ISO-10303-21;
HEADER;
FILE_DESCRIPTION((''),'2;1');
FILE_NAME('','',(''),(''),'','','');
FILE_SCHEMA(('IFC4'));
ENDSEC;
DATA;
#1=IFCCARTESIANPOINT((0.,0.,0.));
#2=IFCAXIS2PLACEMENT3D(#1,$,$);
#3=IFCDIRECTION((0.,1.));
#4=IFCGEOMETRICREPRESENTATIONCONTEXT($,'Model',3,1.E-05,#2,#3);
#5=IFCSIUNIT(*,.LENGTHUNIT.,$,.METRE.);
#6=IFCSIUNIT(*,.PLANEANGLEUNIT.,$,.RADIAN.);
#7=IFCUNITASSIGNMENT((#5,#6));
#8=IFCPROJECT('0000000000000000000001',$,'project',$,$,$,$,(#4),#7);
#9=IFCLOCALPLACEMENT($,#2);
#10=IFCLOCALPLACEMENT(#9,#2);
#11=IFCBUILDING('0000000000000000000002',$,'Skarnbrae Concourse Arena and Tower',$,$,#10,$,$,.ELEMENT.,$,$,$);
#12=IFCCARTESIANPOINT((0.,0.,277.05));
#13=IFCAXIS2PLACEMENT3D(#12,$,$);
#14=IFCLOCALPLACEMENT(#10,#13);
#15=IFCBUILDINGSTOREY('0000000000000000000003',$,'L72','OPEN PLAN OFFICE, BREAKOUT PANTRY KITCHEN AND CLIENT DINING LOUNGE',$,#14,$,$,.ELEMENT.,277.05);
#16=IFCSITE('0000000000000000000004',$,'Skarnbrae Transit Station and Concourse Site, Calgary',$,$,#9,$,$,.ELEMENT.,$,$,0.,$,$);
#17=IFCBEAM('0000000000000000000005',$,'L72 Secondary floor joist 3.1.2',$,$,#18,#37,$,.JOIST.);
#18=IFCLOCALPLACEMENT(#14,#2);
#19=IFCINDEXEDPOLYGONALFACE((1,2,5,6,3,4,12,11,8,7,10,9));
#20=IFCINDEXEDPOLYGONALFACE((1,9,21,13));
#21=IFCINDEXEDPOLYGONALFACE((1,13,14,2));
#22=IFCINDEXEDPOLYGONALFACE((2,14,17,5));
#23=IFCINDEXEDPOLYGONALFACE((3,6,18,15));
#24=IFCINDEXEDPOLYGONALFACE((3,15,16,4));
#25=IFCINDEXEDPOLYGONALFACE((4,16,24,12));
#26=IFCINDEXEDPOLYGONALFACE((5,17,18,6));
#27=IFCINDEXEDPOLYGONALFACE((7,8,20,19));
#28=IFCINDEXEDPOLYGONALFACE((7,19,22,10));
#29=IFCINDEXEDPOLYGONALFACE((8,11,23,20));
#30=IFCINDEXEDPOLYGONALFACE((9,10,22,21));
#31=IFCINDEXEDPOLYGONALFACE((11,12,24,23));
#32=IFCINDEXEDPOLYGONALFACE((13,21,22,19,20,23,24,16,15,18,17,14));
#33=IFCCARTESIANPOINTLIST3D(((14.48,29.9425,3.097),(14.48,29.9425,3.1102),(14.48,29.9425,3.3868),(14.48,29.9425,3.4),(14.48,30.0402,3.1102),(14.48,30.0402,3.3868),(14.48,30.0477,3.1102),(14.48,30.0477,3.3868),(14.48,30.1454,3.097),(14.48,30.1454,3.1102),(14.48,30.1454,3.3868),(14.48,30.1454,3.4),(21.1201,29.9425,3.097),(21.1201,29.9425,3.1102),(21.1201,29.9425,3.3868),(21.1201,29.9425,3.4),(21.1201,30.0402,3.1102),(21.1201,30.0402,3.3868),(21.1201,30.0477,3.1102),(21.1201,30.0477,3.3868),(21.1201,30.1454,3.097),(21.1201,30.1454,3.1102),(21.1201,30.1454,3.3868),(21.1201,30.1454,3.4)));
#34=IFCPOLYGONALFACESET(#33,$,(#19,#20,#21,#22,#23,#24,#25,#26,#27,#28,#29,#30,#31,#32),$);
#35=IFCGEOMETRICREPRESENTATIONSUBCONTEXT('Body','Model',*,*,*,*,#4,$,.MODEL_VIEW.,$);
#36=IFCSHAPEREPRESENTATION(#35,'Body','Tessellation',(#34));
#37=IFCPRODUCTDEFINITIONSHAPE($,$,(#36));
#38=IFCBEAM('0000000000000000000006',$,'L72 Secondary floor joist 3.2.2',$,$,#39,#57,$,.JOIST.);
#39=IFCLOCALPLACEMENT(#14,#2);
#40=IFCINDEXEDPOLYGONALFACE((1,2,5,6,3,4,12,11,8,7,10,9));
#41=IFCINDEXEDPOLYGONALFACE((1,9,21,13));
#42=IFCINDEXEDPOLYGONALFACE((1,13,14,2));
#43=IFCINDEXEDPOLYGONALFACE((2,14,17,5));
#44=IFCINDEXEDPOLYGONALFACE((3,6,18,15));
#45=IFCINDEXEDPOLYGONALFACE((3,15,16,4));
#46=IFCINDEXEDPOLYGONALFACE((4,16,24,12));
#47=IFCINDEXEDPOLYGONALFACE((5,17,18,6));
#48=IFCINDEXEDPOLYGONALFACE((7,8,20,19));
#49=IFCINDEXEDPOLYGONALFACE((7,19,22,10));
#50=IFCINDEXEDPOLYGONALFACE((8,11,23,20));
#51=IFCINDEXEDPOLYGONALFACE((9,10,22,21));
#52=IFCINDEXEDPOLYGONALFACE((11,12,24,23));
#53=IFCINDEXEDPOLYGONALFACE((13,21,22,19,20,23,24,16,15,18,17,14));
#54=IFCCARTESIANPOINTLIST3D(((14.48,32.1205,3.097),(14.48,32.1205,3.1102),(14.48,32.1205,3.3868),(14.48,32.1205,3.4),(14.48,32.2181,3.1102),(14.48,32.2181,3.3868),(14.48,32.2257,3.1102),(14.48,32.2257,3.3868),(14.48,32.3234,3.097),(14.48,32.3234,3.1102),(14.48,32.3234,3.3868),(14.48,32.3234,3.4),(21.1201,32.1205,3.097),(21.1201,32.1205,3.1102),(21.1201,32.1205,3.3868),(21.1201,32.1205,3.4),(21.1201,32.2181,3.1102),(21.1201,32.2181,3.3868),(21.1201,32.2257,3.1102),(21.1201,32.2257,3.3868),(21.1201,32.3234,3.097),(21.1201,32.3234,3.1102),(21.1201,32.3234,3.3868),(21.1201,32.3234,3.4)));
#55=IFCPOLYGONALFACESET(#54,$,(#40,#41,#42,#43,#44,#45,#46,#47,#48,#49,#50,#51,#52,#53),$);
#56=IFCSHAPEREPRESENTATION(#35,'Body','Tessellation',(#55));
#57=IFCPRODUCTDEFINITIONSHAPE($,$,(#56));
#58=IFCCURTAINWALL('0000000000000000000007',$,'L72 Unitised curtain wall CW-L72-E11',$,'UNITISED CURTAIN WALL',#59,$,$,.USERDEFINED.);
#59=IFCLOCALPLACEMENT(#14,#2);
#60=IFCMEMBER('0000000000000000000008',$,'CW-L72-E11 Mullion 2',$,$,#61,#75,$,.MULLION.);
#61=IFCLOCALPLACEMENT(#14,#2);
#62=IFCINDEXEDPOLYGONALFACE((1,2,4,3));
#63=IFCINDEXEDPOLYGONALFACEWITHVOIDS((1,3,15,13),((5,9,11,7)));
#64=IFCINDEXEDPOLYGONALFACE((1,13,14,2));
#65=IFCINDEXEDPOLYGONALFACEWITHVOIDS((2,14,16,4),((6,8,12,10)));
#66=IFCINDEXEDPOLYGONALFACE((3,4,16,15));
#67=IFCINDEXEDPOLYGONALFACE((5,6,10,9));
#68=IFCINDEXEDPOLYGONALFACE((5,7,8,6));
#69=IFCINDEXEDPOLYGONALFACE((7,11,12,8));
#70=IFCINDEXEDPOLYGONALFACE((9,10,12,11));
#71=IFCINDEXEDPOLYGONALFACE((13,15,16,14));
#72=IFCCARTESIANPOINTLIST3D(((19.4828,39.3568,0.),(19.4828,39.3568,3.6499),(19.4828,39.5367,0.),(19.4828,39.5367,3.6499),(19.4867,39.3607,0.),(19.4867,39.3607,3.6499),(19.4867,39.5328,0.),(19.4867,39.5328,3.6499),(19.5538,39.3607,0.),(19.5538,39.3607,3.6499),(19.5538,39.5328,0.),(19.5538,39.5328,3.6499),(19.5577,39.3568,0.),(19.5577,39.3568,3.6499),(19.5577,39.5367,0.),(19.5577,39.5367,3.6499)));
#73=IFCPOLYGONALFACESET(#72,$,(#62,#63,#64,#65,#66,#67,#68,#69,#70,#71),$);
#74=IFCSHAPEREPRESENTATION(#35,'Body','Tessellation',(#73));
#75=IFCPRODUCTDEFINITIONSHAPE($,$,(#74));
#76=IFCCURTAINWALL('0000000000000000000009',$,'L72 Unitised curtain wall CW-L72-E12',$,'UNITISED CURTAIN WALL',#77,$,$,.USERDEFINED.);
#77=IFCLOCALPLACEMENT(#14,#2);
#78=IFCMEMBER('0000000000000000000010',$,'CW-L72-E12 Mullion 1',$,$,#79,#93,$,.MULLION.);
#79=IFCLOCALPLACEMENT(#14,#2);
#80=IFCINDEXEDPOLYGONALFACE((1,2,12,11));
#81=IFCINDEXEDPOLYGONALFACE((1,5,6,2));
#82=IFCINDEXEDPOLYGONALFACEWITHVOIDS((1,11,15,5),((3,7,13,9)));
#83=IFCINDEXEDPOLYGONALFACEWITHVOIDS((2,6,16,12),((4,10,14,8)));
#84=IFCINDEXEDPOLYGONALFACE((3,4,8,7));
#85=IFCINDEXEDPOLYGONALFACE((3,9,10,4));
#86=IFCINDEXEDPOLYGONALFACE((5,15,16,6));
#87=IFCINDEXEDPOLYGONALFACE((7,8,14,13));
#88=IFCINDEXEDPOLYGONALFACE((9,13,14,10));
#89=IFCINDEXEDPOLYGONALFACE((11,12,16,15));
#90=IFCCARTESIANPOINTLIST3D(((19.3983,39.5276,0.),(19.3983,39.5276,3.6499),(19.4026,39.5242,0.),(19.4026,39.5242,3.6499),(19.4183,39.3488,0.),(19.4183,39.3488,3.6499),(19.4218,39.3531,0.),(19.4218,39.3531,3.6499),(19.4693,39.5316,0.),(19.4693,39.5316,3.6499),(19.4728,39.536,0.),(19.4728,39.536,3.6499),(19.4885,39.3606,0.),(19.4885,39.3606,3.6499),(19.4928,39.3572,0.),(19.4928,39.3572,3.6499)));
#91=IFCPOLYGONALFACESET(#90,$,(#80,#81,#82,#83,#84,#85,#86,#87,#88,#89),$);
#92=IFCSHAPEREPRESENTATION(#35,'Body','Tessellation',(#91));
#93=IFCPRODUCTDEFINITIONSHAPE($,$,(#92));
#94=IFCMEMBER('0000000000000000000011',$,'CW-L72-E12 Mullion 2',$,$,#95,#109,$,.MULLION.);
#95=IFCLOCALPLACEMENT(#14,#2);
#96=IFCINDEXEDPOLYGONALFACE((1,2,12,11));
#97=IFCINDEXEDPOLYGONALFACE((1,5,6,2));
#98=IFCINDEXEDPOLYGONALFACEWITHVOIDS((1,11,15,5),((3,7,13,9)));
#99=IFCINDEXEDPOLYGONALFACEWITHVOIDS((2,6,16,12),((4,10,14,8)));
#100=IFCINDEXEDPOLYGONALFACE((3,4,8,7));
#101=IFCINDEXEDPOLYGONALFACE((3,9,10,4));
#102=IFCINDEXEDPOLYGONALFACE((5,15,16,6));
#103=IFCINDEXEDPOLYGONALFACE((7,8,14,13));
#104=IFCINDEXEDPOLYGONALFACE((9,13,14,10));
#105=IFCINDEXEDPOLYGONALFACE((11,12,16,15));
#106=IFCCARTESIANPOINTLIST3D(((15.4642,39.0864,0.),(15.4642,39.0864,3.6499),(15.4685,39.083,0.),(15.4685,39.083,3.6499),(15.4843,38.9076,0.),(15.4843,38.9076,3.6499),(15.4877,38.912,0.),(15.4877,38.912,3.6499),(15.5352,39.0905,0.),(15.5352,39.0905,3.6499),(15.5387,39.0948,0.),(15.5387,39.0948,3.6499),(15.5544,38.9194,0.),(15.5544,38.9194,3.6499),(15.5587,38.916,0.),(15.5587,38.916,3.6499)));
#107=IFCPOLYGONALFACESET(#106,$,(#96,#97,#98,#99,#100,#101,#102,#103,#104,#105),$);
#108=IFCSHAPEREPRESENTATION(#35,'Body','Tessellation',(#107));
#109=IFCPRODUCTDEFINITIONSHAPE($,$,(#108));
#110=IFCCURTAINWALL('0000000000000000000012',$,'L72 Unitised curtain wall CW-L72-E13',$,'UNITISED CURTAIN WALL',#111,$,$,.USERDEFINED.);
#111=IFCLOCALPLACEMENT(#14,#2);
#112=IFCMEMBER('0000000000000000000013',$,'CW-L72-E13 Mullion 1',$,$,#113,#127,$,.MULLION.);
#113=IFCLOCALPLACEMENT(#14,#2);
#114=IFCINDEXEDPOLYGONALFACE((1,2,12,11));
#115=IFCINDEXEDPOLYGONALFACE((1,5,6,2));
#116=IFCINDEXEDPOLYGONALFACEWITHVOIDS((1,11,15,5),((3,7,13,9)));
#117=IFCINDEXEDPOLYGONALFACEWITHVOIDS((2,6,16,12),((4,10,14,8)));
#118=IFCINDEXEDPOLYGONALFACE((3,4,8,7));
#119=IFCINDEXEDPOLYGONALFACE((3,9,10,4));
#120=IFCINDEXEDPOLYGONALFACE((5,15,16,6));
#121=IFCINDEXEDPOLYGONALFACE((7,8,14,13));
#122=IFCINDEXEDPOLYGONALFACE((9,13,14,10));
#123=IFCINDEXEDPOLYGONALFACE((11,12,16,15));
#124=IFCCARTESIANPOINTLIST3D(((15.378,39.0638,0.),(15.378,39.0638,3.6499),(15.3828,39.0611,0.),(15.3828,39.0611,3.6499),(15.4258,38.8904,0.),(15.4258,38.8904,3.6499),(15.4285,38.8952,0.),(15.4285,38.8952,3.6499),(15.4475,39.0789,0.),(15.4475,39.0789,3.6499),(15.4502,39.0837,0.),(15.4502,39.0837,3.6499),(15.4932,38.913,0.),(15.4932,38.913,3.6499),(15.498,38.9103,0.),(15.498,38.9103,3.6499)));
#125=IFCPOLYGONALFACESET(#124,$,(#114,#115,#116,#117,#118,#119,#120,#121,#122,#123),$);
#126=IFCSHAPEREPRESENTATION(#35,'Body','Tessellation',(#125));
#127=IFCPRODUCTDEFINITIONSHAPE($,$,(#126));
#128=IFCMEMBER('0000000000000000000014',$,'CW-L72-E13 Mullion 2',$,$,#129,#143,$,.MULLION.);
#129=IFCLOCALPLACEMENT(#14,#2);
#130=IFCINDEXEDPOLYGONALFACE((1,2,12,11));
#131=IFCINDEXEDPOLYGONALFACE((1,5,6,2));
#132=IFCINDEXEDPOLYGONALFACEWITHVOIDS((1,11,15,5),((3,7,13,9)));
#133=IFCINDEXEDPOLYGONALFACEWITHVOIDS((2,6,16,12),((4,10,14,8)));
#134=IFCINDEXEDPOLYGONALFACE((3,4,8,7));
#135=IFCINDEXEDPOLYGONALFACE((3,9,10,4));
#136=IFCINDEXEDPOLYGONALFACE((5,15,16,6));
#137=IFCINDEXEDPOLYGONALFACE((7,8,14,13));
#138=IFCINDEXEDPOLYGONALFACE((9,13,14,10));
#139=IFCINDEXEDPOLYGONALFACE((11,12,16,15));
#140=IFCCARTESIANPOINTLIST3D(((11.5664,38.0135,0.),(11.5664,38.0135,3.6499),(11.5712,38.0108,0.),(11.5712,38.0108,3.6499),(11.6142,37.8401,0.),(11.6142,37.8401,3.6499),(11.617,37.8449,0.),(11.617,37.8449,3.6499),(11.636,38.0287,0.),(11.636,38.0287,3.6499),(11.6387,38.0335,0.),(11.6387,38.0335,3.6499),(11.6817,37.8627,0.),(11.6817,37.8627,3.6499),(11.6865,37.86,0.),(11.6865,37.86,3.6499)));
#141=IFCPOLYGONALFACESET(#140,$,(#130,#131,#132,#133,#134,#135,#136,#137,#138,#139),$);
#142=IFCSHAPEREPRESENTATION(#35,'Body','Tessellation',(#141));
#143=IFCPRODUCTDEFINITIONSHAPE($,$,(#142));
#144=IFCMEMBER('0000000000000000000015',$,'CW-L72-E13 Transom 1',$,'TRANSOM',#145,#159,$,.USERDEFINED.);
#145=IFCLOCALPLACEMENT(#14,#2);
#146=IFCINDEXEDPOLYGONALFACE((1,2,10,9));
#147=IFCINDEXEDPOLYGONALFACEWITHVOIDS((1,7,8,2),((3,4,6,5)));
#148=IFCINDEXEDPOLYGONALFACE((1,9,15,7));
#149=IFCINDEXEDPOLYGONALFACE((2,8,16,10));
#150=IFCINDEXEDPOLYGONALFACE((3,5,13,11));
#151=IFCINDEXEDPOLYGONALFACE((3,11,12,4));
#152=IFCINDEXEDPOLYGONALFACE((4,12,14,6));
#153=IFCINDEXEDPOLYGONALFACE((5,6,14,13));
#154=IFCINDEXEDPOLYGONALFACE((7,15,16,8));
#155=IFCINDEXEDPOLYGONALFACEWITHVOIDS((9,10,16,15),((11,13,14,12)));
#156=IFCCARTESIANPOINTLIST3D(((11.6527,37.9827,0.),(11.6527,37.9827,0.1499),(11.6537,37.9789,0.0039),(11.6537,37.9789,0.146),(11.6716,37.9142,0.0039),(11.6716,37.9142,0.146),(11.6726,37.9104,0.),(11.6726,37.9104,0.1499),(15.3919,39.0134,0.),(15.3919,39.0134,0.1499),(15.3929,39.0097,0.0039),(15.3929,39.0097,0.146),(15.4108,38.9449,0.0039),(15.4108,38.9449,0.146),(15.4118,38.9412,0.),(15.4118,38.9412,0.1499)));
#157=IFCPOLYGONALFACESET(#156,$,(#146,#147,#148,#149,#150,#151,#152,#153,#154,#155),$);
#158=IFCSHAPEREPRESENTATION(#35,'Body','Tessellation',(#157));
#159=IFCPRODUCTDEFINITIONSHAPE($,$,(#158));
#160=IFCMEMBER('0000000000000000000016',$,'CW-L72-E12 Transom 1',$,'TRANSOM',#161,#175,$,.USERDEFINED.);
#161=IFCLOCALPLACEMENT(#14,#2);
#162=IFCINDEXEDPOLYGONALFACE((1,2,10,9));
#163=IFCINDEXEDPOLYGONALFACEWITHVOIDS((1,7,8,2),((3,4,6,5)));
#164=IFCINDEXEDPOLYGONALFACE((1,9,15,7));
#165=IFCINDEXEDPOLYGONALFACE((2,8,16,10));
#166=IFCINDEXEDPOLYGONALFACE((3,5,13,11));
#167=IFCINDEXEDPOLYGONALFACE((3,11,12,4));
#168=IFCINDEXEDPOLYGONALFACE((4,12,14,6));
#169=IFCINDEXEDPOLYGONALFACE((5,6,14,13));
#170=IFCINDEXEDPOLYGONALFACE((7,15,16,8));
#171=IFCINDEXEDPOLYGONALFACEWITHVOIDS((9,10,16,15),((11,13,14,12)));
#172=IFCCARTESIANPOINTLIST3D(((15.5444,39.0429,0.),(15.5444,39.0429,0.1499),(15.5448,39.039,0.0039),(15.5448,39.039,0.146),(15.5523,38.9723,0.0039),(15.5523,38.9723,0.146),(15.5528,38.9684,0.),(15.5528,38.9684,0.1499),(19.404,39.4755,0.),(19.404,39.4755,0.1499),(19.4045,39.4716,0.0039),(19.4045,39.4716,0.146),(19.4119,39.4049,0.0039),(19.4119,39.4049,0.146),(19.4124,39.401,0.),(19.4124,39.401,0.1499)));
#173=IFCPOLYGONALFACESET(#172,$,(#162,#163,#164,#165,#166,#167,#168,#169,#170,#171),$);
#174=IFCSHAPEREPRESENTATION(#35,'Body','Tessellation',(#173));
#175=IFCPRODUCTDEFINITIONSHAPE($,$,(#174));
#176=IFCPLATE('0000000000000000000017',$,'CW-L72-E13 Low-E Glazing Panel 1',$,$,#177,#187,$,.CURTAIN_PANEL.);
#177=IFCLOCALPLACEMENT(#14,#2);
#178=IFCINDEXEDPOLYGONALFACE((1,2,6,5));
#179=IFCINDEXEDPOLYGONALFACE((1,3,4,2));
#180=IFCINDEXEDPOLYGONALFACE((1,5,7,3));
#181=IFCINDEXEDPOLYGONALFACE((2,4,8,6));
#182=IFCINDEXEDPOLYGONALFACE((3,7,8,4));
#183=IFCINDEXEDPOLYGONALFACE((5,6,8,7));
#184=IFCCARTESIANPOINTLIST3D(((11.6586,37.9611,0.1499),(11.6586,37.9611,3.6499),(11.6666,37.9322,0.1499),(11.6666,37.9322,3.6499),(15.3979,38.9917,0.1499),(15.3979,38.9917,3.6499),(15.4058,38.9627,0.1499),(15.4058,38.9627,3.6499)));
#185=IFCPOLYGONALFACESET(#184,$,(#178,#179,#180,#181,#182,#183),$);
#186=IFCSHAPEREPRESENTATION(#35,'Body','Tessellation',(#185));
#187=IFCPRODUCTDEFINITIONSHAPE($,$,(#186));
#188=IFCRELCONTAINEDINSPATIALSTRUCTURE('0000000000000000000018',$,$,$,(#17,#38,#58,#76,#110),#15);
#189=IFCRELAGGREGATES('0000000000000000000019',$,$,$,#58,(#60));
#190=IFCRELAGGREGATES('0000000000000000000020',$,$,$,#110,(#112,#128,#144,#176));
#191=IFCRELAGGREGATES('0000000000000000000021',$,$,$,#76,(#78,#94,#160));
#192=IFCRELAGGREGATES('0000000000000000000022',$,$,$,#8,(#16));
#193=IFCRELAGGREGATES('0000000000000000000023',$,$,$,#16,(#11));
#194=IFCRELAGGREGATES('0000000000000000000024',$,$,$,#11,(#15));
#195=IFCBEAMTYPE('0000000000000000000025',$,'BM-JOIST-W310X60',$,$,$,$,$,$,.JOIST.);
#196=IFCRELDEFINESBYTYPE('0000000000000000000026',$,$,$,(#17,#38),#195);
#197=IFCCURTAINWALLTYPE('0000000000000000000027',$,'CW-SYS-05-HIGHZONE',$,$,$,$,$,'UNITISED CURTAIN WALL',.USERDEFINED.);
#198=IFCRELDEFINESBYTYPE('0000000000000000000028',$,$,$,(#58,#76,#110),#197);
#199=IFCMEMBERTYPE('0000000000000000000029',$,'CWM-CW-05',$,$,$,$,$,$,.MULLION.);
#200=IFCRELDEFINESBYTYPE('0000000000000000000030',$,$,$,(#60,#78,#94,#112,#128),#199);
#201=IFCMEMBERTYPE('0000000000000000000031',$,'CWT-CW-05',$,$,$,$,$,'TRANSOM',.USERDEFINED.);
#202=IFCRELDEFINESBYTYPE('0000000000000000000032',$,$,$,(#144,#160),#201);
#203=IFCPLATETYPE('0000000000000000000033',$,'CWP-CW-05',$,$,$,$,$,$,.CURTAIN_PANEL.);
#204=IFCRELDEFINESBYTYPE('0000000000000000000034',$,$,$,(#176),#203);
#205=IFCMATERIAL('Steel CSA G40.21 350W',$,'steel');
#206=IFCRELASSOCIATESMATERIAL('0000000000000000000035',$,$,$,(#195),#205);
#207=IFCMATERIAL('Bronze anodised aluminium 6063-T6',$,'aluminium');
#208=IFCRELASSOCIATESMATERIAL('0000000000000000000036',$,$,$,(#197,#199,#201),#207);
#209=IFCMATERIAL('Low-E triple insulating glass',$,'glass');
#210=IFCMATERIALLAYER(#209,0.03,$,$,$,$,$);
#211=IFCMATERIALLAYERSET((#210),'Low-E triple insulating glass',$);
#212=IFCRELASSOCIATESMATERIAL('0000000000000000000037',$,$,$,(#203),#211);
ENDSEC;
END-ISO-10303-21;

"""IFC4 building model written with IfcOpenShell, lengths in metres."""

from ifc_helpers import new_model, si_unit, direction, frame, origin, origin_2d, place, context, subcontext, project, spatial, rectangle, hollow_rectangle, i_section, extrude, source, transform, mapped, material, layer, layer_set, material_profile, profile_set, type_object, element, aggregate, save


model = new_model("IFC4")

# Units and contexts
model_context = context("Model", 3, precision=1e-05, world=origin(), true_north=direction((0.0, 1.0)))
body_context = subcontext(model_context, "Body", "Model", "MODEL_VIEW")
ifc_project = project(units=[si_unit("LENGTHUNIT", "METRE"), si_unit("PLANEANGLEUNIT", "RADIAN")], contexts=[model_context])

# Site, building, storey
site_placement = place(None, origin())
site = spatial("IfcSite", under=ifc_project, at=site_placement, Name="Skarnbrae Transit Station and Concourse Site, Calgary", CompositionType="ELEMENT", RefElevation=0.0)
building_placement = place(site_placement, origin())
building = spatial("IfcBuilding", under=site, at=building_placement, Name="Skarnbrae Concourse Arena and Tower", CompositionType="ELEMENT")
storey_placement = place(building_placement, frame((0.0, 0.0, 277.05)))
storey = spatial("IfcBuildingStorey", under=building, at=storey_placement, Name="L72", Description="OPEN PLAN OFFICE, BREAKOUT PANTRY KITCHEN AND CLIENT DINING LOUNGE", CompositionType="ELEMENT", Elevation=277.05)

# Shared definitions
ifc_material_1 = material(Name="Steel CSA G40.21 350W", Category="steel")

# Beams
ifc_material_profile_1 = material_profile(ifc_material_1, i_section(OverallWidth=0.2029, OverallDepth=0.303, WebThickness=0.0076, FlangeThickness=0.0132, at=origin_2d()), Name="W310X60")
ifc_profile_set_1 = profile_set([ifc_material_profile_1], Name="Steel CSA G40.21 350W")
beam_type_1 = type_object("IfcBeamType", Name="BM-JOIST-W310X60", PredefinedType="JOIST", material=ifc_profile_set_1)
shared_shape_1 = source(origin(), body_context, "Body", "SweptSolid", [
    extrude(i_section(OverallWidth=0.2029, OverallDepth=0.303, WebThickness=0.0076, FlangeThickness=0.0132, at=origin_2d()), origin(), (0.0, 0.0, 1.0), 6.6401),
])
for number, where, z_axis, x_axis, name in (
    (1, (14.48, 30.0439, 3.2485), (1.0, 0.0, 0.0), (0.0, 1.0, 0.0), "L72 Secondary floor joist 3.1.2"),
    (2, (14.48, 32.2219, 3.2485), (1.0, 0.0, 0.0), (0.0, 1.0, 0.0), "L72 Secondary floor joist 3.2.2"),
):
    element("IfcBeam", number, at=place(storey_placement, frame(where, z_axis=z_axis, x_axis=x_axis)), inside=storey, type_object=beam_type_1, Name=name, PredefinedType="JOIST", context=body_context, shape_type="MappedRepresentation", body=[
        mapped(shared_shape_1, transform((0.0, 0.0, 0.0))),
    ])

# Curtain wall, member
ifc_material_2 = material(Name="Bronze anodised aluminium 6063-T6", Category="aluminium")
curtain_wall_type = type_object("IfcCurtainWallType", Name="CW-SYS-05-HIGHZONE", ElementType="UNITISED CURTAIN WALL", PredefinedType="USERDEFINED", material=ifc_material_2)
curtain_wall_1_placement = place(storey_placement, origin())
curtain_wall_1 = element("IfcCurtainWall", 3, at=curtain_wall_1_placement, inside=storey, type_object=curtain_wall_type, Name="L72 Unitised curtain wall CW-L72-E11", ObjectType="UNITISED CURTAIN WALL", PredefinedType="USERDEFINED")
ifc_material_profile_2 = material_profile(ifc_material_2, hollow_rectangle(XDim=0.075, YDim=0.1799, WallThickness=0.0039, at=origin_2d()), Name="ALU-MULL-75X180")
ifc_profile_set_2 = profile_set([ifc_material_profile_2], Name="Bronze anodised aluminium 6063-T6")
member_type_1 = type_object("IfcMemberType", Name="CWM-CW-05", PredefinedType="MULLION", material=ifc_profile_set_2)
shared_shape_2 = source(origin(), body_context, "Body", "SweptSolid", [
    extrude(hollow_rectangle(XDim=0.075, YDim=0.1799, WallThickness=0.0039, at=origin_2d()), origin(), (0.0, 0.0, 1.0), 3.6499),
])
member_1_placement = place(storey_placement, frame((19.5203, 39.4468, 0.0), z_axis=(0.0, 0.0, 1.0), x_axis=(-1.0, 0.0, 0.0)))
member_1 = element("IfcMember", 4, at=member_1_placement, type_object=member_type_1, Name="CW-L72-E11 Mullion 2", PredefinedType="MULLION", context=body_context, shape_type="MappedRepresentation", body=[
    mapped(shared_shape_2, transform((0.0, 0.0, 0.0))),
])
aggregate(curtain_wall_1, [member_1])

# Curtain walls, members
curtain_wall_2_placement = place(storey_placement, origin())
curtain_wall_2 = element("IfcCurtainWall", 5, at=curtain_wall_2_placement, inside=storey, type_object=curtain_wall_type, Name="L72 Unitised curtain wall CW-L72-E12", ObjectType="UNITISED CURTAIN WALL", PredefinedType="USERDEFINED")
member_2_placement = place(storey_placement, frame((19.4456, 39.4424, 0.0), z_axis=(0.0, 0.0, 1.0), x_axis=(-0.993769, -0.11146, 0.0)))
member_2 = element("IfcMember", 6, at=member_2_placement, type_object=member_type_1, Name="CW-L72-E12 Mullion 1", PredefinedType="MULLION", context=body_context, shape_type="MappedRepresentation", body=[
    mapped(shared_shape_2, transform((0.0, 0.0, 0.0))),
])
member_3_placement = place(storey_placement, frame((15.5115, 39.0012, 0.0), z_axis=(0.0, 0.0, 1.0), x_axis=(-0.993769, -0.11146, 0.0)))
member_3 = element("IfcMember", 7, at=member_3_placement, type_object=member_type_1, Name="CW-L72-E12 Mullion 2", PredefinedType="MULLION", context=body_context, shape_type="MappedRepresentation", body=[
    mapped(shared_shape_2, transform((0.0, 0.0, 0.0))),
])
curtain_wall_3_placement = place(storey_placement, origin())
curtain_wall_3 = element("IfcCurtainWall", 8, at=curtain_wall_3_placement, inside=storey, type_object=curtain_wall_type, Name="L72 Unitised curtain wall CW-L72-E13", ObjectType="UNITISED CURTAIN WALL", PredefinedType="USERDEFINED")
member_4_placement = place(storey_placement, frame((15.438, 38.9871, 0.0), z_axis=(0.0, 0.0, 1.0), x_axis=(-0.964057, -0.265694, 0.0)))
member_4 = element("IfcMember", 9, at=member_4_placement, type_object=member_type_1, Name="CW-L72-E13 Mullion 1", PredefinedType="MULLION", context=body_context, shape_type="MappedRepresentation", body=[
    mapped(shared_shape_2, transform((0.0, 0.0, 0.0))),
])
member_5_placement = place(storey_placement, frame((11.6265, 37.9368, 0.0), z_axis=(0.0, 0.0, 1.0), x_axis=(-0.964057, -0.265694, 0.0)))
member_5 = element("IfcMember", 10, at=member_5_placement, type_object=member_type_1, Name="CW-L72-E13 Mullion 2", PredefinedType="MULLION", context=body_context, shape_type="MappedRepresentation", body=[
    mapped(shared_shape_2, transform((0.0, 0.0, 0.0))),
])
ifc_material_profile_3 = material_profile(ifc_material_2, hollow_rectangle(XDim=0.075, YDim=0.1499, WallThickness=0.0039, at=origin_2d()), Name="ALU-TRAN-75X150")
ifc_profile_set_3 = profile_set([ifc_material_profile_3], Name="Bronze anodised aluminium 6063-T6")
member_type_2 = type_object("IfcMemberType", Name="CWT-CW-05", ElementType="TRANSOM", PredefinedType="USERDEFINED", material=ifc_profile_set_3)
shared_shape_3 = source(origin(), body_context, "Body", "SweptSolid", [
    extrude(hollow_rectangle(XDim=0.075, YDim=0.1499, WallThickness=0.0039, at=origin_2d()), origin(), (0.0, 0.0, 1.0), 3.8787),
])
member_6_placement = place(storey_placement, frame((15.4019, 38.9773, 0.075), z_axis=(-0.964043, -0.265747, 0.0), x_axis=(0.265747, -0.964043, 0.0)))
member_6 = element("IfcMember", 11, at=member_6_placement, type_object=member_type_2, Name="CW-L72-E13 Transom 1", ObjectType="TRANSOM", PredefinedType="USERDEFINED", context=body_context, shape_type="MappedRepresentation", body=[
    mapped(shared_shape_3, transform((0.0, 0.0, 0.0))),
])

# Member
shared_shape_4 = source(origin(), body_context, "Body", "SweptSolid", [
    extrude(hollow_rectangle(XDim=0.075, YDim=0.1499, WallThickness=0.0039, at=origin_2d()), origin(), (0.0, 0.0, 1.0), 3.8838),
])
member_7_placement = place(storey_placement, frame((19.4082, 39.4382, 0.075), z_axis=(-0.993777, -0.11139, 0.0), x_axis=(0.11139, -0.993777, 0.0)))
member_7 = element("IfcMember", 12, at=member_7_placement, type_object=member_type_2, Name="CW-L72-E12 Transom 1", ObjectType="TRANSOM", PredefinedType="USERDEFINED", context=body_context, shape_type="MappedRepresentation", body=[
    mapped(shared_shape_4, transform((0.0, 0.0, 0.0))),
])

# Plate
ifc_material_3 = material(Name="Low-E triple insulating glass", Category="glass")
ifc_layer_1 = layer(ifc_material_3, 0.03)
ifc_layer_set_1 = layer_set([ifc_layer_1], Name="Low-E triple insulating glass")
plate_type = type_object("IfcPlateType", Name="CWP-CW-05", PredefinedType="CURTAIN_PANEL", material=ifc_layer_set_1)
shared_shape_5 = source(origin(), body_context, "Body", "SweptSolid", [
    extrude(rectangle(XDim=3.8787, YDim=0.03, at=origin_2d()), origin(), (0.0, 0.0, 1.0), 3.5),
])
plate_1_placement = place(storey_placement, frame((13.5322, 38.4619, 0.1499), z_axis=(0.0, 0.0, 1.0), x_axis=(-0.964057, -0.265694, 0.0)))
plate_1 = element("IfcPlate", 13, at=plate_1_placement, type_object=plate_type, Name="CW-L72-E13 Low-E Glazing Panel 1", PredefinedType="CURTAIN_PANEL", context=body_context, shape_type="MappedRepresentation", body=[
    mapped(shared_shape_5, transform((0.0, 0.0, 0.0))),
])
aggregate(curtain_wall_3, [member_4, member_5, member_6, plate_1])
aggregate(curtain_wall_2, [member_2, member_3, member_7])

save(model, "model.ifc")
